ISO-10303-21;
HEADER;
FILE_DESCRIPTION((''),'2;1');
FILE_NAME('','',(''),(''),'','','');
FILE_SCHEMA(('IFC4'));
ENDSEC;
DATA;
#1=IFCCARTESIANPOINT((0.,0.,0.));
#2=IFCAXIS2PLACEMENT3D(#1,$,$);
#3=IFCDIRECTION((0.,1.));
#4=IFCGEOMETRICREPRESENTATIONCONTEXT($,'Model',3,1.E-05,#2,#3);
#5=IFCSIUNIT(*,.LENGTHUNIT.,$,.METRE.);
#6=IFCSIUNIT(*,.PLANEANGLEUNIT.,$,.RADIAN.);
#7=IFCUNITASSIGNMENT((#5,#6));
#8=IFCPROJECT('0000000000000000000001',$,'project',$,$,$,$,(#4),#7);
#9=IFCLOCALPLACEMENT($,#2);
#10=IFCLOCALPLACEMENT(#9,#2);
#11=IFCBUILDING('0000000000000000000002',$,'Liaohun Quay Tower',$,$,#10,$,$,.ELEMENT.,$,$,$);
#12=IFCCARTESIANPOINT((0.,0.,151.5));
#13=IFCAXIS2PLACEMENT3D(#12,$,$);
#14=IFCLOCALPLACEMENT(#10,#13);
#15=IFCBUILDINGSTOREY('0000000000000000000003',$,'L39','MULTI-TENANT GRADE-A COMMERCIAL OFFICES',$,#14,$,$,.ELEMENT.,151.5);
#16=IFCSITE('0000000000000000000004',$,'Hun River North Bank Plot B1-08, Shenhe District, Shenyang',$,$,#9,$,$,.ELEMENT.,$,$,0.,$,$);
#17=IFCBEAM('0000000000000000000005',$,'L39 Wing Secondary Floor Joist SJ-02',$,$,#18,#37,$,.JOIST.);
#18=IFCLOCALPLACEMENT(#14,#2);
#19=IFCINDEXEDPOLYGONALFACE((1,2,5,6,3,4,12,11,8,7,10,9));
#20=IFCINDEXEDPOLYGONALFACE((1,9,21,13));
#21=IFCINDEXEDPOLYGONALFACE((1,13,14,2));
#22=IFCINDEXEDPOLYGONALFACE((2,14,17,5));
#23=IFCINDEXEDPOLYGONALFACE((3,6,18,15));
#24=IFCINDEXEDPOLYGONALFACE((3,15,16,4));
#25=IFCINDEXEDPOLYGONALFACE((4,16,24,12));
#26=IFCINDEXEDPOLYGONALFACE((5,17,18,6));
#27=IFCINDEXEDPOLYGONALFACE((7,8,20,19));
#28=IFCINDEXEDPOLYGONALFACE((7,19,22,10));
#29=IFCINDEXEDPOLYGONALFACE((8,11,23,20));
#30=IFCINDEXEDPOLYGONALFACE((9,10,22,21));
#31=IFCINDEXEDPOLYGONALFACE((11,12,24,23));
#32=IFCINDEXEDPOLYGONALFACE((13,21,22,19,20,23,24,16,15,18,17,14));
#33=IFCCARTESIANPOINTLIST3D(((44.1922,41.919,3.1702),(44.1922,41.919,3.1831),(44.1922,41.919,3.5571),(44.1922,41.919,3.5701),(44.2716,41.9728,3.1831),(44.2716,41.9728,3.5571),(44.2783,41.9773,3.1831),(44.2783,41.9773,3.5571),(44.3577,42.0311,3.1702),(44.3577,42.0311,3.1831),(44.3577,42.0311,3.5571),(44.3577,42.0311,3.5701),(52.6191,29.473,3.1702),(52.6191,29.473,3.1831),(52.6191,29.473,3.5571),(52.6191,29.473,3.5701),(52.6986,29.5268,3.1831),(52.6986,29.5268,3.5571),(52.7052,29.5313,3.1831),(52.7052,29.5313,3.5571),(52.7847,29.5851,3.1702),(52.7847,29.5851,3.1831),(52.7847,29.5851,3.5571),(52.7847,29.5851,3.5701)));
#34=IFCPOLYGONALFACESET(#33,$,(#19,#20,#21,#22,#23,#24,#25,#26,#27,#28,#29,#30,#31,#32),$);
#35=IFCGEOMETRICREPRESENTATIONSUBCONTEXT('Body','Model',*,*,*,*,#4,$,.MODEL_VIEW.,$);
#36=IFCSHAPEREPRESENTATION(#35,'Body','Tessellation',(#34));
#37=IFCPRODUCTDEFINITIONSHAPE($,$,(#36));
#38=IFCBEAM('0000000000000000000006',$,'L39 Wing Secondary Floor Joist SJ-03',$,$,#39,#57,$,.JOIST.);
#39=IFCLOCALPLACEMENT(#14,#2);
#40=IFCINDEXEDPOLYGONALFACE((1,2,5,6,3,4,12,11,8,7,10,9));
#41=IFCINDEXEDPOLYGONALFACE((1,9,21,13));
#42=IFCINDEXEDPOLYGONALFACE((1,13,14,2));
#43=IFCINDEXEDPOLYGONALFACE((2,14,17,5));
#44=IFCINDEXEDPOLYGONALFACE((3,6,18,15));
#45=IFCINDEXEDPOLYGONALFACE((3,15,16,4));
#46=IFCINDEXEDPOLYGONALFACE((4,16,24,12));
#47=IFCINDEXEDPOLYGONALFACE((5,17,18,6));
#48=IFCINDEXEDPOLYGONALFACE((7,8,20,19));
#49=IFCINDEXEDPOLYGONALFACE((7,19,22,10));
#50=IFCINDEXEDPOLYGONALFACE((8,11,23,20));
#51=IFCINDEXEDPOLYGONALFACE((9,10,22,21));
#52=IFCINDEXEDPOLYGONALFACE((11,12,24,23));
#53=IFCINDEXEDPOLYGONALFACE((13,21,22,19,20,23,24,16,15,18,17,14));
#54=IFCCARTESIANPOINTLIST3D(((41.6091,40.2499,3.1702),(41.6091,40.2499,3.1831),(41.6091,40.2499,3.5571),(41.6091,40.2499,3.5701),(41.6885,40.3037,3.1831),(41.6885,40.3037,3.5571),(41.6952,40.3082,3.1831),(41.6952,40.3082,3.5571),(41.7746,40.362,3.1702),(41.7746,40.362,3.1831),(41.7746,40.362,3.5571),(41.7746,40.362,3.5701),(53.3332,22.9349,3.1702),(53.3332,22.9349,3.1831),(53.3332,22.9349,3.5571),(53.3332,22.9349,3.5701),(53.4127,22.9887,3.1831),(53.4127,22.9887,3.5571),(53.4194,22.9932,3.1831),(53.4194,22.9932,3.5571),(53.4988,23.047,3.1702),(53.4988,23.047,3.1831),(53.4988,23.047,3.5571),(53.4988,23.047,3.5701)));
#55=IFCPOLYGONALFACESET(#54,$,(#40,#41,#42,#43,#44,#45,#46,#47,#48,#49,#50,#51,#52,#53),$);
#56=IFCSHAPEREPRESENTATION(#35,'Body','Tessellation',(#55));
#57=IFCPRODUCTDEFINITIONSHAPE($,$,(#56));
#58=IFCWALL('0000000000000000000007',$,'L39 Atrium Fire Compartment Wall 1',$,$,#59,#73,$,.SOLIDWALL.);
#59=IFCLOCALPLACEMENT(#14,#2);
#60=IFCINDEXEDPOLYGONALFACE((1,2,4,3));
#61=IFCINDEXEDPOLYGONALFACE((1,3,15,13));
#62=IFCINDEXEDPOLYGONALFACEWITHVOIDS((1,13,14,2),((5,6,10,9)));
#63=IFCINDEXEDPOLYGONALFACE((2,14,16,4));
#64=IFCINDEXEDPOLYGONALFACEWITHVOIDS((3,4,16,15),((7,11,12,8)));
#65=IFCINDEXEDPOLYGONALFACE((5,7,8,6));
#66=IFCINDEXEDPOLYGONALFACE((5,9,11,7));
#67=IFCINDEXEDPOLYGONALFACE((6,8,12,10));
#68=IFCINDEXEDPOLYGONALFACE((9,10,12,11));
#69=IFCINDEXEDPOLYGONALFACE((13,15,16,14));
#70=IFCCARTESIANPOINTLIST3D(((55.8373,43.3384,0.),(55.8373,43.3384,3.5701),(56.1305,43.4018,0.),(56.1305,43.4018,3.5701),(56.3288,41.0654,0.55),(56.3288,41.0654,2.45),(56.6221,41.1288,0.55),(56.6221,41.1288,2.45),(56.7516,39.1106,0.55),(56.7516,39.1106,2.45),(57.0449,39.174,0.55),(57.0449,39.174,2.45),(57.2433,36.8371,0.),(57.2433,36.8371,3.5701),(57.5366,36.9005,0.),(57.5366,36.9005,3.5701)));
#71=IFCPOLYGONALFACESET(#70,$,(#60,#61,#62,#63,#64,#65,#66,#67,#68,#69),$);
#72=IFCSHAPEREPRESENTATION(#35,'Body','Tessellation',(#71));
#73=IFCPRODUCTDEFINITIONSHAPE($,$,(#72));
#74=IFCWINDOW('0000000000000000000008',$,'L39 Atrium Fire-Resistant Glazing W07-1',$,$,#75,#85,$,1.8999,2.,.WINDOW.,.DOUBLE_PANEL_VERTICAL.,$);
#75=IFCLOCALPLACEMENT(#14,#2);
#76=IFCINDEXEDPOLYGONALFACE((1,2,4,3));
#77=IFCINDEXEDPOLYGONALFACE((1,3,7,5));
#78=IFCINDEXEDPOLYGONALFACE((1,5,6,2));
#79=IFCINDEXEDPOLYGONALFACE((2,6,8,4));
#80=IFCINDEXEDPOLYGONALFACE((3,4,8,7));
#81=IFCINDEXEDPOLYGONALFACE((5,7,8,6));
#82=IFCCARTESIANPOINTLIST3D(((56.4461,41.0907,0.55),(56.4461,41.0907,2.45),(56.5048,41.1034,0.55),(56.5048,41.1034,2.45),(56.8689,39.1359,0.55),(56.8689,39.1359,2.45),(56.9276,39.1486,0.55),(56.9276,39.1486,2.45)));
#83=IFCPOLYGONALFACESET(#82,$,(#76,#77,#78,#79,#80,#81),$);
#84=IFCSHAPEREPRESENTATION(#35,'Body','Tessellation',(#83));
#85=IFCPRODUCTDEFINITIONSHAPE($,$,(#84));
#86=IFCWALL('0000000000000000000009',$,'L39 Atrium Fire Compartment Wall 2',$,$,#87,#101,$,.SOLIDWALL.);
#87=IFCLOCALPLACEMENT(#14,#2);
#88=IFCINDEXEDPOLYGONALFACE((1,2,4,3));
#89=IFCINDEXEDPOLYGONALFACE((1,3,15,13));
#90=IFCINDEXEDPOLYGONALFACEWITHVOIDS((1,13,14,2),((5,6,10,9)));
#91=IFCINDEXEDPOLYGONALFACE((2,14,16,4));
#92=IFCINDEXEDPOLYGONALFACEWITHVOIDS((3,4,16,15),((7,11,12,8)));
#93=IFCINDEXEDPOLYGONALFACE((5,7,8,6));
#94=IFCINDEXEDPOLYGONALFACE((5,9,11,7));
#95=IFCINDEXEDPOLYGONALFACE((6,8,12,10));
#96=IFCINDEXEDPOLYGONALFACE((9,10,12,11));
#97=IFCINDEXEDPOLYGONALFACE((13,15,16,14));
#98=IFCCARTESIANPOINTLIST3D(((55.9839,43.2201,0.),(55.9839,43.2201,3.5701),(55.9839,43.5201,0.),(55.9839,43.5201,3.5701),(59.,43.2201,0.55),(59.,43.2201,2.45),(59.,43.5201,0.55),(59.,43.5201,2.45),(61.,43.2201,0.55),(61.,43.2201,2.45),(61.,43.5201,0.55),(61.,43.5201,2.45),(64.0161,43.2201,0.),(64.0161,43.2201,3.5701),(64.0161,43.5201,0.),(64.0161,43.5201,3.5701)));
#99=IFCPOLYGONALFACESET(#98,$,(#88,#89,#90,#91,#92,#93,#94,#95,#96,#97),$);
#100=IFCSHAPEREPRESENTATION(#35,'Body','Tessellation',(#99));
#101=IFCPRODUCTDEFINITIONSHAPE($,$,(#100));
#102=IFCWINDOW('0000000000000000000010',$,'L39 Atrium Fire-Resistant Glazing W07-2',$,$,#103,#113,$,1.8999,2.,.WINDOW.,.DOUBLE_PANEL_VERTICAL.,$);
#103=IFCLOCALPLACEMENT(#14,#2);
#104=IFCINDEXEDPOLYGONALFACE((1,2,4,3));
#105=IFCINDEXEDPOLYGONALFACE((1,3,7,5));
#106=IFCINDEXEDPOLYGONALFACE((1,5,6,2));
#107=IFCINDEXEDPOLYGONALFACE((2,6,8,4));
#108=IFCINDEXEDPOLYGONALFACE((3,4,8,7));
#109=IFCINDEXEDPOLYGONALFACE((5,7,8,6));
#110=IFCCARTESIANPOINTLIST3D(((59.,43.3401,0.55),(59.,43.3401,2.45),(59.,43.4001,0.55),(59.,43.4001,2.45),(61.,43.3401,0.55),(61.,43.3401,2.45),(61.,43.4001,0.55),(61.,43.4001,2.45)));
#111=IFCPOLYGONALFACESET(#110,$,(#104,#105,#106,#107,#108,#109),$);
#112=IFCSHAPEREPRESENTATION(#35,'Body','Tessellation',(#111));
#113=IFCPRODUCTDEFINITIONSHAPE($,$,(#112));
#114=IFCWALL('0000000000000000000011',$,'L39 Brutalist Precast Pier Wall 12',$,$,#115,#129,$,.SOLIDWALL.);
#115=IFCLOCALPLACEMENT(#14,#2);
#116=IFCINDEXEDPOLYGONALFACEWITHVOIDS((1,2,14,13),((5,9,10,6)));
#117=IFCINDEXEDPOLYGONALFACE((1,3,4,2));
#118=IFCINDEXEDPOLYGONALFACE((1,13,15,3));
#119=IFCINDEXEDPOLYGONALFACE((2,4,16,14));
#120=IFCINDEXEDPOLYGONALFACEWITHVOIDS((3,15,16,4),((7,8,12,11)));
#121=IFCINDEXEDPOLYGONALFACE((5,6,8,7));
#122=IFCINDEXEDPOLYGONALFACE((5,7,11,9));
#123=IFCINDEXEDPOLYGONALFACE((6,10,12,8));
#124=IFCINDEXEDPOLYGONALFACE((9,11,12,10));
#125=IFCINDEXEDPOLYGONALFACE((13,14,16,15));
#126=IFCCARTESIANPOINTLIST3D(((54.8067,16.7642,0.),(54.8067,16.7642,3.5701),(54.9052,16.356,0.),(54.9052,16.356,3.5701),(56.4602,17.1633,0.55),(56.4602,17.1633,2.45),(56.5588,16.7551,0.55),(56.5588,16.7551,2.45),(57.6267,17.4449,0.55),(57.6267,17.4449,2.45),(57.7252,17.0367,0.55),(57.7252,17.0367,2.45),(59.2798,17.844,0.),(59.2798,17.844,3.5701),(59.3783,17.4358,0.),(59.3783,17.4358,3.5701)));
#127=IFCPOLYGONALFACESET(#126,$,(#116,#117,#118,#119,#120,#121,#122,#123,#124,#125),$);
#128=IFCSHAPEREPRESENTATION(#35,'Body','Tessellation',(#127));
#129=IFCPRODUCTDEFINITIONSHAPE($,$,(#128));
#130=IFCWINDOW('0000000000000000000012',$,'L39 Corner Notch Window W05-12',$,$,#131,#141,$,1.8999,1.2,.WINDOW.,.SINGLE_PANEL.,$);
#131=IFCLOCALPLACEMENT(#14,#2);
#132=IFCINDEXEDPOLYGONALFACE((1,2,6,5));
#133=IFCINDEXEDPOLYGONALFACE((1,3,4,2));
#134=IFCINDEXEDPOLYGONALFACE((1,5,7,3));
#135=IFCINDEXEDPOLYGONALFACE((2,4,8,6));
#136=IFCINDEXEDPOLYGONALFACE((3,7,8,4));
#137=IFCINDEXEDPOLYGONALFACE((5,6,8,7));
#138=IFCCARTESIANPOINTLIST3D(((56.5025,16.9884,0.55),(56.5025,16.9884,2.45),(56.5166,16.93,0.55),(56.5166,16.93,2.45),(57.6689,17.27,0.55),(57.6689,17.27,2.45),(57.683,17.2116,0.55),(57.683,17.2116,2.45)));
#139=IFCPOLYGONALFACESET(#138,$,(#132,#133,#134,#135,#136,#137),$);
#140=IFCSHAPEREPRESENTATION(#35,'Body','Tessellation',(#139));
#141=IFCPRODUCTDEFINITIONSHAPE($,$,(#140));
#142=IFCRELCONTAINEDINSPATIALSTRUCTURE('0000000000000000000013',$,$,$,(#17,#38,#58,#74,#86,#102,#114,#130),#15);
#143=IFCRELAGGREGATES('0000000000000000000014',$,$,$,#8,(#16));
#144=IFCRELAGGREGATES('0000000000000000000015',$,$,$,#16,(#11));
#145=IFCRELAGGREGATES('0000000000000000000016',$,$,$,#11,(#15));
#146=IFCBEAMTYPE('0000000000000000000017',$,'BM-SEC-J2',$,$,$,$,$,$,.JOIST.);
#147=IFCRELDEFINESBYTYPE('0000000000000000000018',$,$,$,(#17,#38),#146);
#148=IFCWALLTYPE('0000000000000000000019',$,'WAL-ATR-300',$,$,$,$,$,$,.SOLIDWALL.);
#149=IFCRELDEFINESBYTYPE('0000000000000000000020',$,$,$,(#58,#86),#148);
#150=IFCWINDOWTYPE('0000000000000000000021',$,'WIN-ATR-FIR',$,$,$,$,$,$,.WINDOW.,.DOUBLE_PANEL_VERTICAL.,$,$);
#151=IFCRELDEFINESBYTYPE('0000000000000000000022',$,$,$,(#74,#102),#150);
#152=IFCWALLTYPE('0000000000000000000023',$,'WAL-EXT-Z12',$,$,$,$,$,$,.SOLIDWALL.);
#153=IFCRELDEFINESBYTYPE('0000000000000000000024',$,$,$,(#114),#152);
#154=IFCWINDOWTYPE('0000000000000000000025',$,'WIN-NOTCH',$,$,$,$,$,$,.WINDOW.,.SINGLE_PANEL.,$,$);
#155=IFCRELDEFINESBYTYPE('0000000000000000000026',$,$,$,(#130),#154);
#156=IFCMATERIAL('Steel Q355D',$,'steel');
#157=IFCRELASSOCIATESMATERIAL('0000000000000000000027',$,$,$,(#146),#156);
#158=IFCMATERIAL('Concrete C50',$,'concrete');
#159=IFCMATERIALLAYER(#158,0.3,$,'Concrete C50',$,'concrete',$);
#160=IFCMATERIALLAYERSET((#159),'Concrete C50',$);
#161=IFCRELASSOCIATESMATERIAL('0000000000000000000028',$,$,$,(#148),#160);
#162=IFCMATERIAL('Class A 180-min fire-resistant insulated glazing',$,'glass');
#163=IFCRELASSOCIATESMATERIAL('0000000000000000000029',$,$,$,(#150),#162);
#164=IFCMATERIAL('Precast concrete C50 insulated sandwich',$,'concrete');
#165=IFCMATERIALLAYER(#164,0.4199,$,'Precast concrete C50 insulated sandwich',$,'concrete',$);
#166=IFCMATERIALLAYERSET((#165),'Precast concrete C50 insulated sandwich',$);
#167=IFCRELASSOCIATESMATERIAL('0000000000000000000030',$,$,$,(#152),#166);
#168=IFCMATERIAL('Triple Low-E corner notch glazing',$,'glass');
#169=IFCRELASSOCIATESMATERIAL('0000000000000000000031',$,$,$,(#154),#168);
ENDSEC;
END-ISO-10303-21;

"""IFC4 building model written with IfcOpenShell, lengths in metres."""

from ifc_helpers import new_model, si_unit, direction, frame, frame_2d, origin, origin_2d, place, context, subcontext, project, spatial, rectangle, i_section, extrude, source, transform, mapped, material, layer, layer_set, material_profile, profile_set, type_object, element, fill, save


model = new_model("IFC4")

# Units and contexts
model_context = context("Model", 3, precision=1e-05, world=origin(), true_north=direction((0.0, 1.0)))
body_context = subcontext(model_context, "Body", "Model", "MODEL_VIEW")
ifc_project = project(units=[si_unit("LENGTHUNIT", "METRE"), si_unit("PLANEANGLEUNIT", "RADIAN")], contexts=[model_context])

# Site, building, storey
site_placement = place(None, origin())
site = spatial("IfcSite", under=ifc_project, at=site_placement, Name="Hun River North Bank Plot B1-08, Shenhe District, Shenyang", CompositionType="ELEMENT", RefElevation=0.0)
building_placement = place(site_placement, origin())
building = spatial("IfcBuilding", under=site, at=building_placement, Name="Liaohun Quay Tower", CompositionType="ELEMENT")
storey_placement = place(building_placement, frame((0.0, 0.0, 151.5)))
storey = spatial("IfcBuildingStorey", under=building, at=storey_placement, Name="L39", Description="MULTI-TENANT GRADE-A COMMERCIAL OFFICES", CompositionType="ELEMENT", Elevation=151.5)

# Beams
ifc_material_1 = material(Name="Steel Q355D", Category="steel")
ifc_material_profile_1 = material_profile(ifc_material_1, i_section(OverallWidth=0.2, OverallDepth=0.3999, WebThickness=0.0081, FlangeThickness=0.0129, at=origin_2d()), Name="HN400x200x8x13")
ifc_profile_set_1 = profile_set([ifc_material_profile_1], Name="Steel Q355D")
beam_type_1 = type_object("IfcBeamType", Name="BM-SEC-J2", PredefinedType="JOIST", material=ifc_profile_set_1)
shared_shape_1 = source(origin(), body_context, "Body", "SweptSolid", [
    extrude(i_section(OverallWidth=0.2, OverallDepth=0.3999, WebThickness=0.0081, FlangeThickness=0.0129, at=origin_2d()), origin(), (0.0, 0.0, 1.0), 15.0305),
])
beam_1_placement = place(storey_placement, frame((52.7019, 29.5291, 3.3701), z_axis=(-0.560657, 0.828048, 0.0), x_axis=(-0.828048, -0.560657, 0.0)))
element("IfcBeam", 1, at=beam_1_placement, inside=storey, type_object=beam_type_1, Name="L39 Wing Secondary Floor Joist SJ-02", PredefinedType="JOIST", context=body_context, shape_type="MappedRepresentation", body=[
    mapped(shared_shape_1, transform((0.0, 0.0, 0.0), x_axis=(1.0, 0.0, 0.0), y_axis=(0.0, 1.0, 0.0), z_axis=(0.0, 0.0, 1.0), scale=1.0)),
])
shared_shape_2 = source(origin(), body_context, "Body", "SweptSolid", [
    extrude(i_section(OverallWidth=0.2, OverallDepth=0.3999, WebThickness=0.0081, FlangeThickness=0.0129, at=origin_2d()), origin(), (0.0, 0.0, 1.0), 20.9109),
])
beam_2_placement = place(storey_placement, frame((53.416, 22.991, 3.3701), z_axis=(-0.560673, 0.828038, 0.0), x_axis=(-0.828038, -0.560673, 0.0)))
element("IfcBeam", 2, at=beam_2_placement, inside=storey, type_object=beam_type_1, Name="L39 Wing Secondary Floor Joist SJ-03", PredefinedType="JOIST", context=body_context, shape_type="MappedRepresentation", body=[
    mapped(shared_shape_2, transform((0.0, 0.0, 0.0), x_axis=(1.0, 0.0, 0.0), y_axis=(0.0, 1.0, 0.0), z_axis=(0.0, 0.0, 1.0), scale=1.0)),
])

# Walls, openings, windows
ifc_material_2 = material(Name="Concrete C50", Category="concrete")
ifc_layer_1 = layer(ifc_material_2, 0.3, Name="Concrete C50", Category="concrete")
ifc_layer_set_1 = layer_set([ifc_layer_1], Name="Concrete C50")
wall_type_1 = type_object("IfcWallType", Name="WAL-ATR-300", PredefinedType="SOLIDWALL", material=ifc_layer_set_1)
wall_1_placement = place(storey_placement, frame((57.3899, 36.8689, 0.0), z_axis=(0.0, 0.0, 1.0), x_axis=(-0.211381, 0.977404, 0.0)))
wall_1 = element("IfcWall", 3, at=wall_1_placement, inside=storey, type_object=wall_type_1, Name="L39 Atrium Fire Compartment Wall 1", PredefinedType="SOLIDWALL", context=body_context, shape_type="SweptSolid", body=[
    extrude(rectangle(XDim=6.6516, YDim=0.3, at=frame_2d((3.3257, 0.0))), origin(), (0.0, 0.0, 1.0), 3.5701),
])
shared_shape_3 = source(origin(), body_context, "Body", "SweptSolid", [
    extrude(rectangle(XDim=2.0, YDim=1.8999, at=frame_2d((1.0, 0.95))), frame((0.0, 0.1599, 0.0), z_axis=(0.0, -1.0, 0.0), x_axis=(1.0, 0.0, 0.0)), (0.0, 0.0, 1.0), 0.3201),
])
opening_1_placement = place(wall_1_placement, frame((2.3259, 0.0, 0.55)))
opening_1 = element("IfcOpeningElement", 4, at=opening_1_placement, cuts=wall_1, PredefinedType="OPENING", context=body_context, shape_type="MappedRepresentation", body=[
    mapped(shared_shape_3, transform((0.0, 0.0, 0.0), x_axis=(1.0, 0.0, 0.0), y_axis=(0.0, 1.0, 0.0), z_axis=(0.0, 0.0, 1.0), scale=1.0)),
])
ifc_material_3 = material(Name="Class A 180-min fire-resistant insulated glazing", Category="glass")
window_type_1 = type_object("IfcWindowType", Name="WIN-ATR-FIR", PartitioningType="DOUBLE_PANEL_VERTICAL", PredefinedType="WINDOW", material=ifc_material_3)
shared_shape_4 = source(origin(), body_context, "Body", "SweptSolid", [
    extrude(rectangle(XDim=2.0, YDim=1.8999, at=frame_2d((1.0, 0.95))), frame((0.0, 0.03, 0.0), z_axis=(0.0, -1.0, 0.0), x_axis=(1.0, 0.0, 0.0)), (0.0, 0.0, 1.0), 0.0601),
])
window_1_placement = place(opening_1_placement, origin())
window_1 = element("IfcWindow", 5, at=window_1_placement, inside=storey, type_object=window_type_1, Name="L39 Atrium Fire-Resistant Glazing W07-1", OverallHeight=1.8999, OverallWidth=2.0, PartitioningType="DOUBLE_PANEL_VERTICAL", PredefinedType="WINDOW", context=body_context, shape_type="MappedRepresentation", body=[
    mapped(shared_shape_4, transform((0.0, 0.0, 0.0), x_axis=(1.0, 0.0, 0.0), y_axis=(0.0, 1.0, 0.0), z_axis=(0.0, 0.0, 1.0), scale=1.0)),
])
fill(opening_1, window_1)
wall_2_placement = place(storey_placement, frame((55.9839, 43.3701, 0.0), z_axis=(0.0, 0.0, 1.0), x_axis=(1.0, 0.0, 0.0)))
wall_2 = element("IfcWall", 6, at=wall_2_placement, inside=storey, type_object=wall_type_1, Name="L39 Atrium Fire Compartment Wall 2", PredefinedType="SOLIDWALL", context=body_context, shape_type="SweptSolid", body=[
    extrude(rectangle(XDim=8.0322, YDim=0.3, at=frame_2d((4.0161, 0.0))), origin(), (0.0, 0.0, 1.0), 3.5701),
])
opening_2_placement = place(wall_2_placement, frame((3.0161, 0.0, 0.55)))
opening_2 = element("IfcOpeningElement", 7, at=opening_2_placement, cuts=wall_2, PredefinedType="OPENING", context=body_context, shape_type="MappedRepresentation", body=[
    mapped(shared_shape_3, transform((0.0, 0.0, 0.0), x_axis=(1.0, 0.0, 0.0), y_axis=(0.0, 1.0, 0.0), z_axis=(0.0, 0.0, 1.0), scale=1.0)),
])
window_2_placement = place(opening_2_placement, origin())
window_2 = element("IfcWindow", 8, at=window_2_placement, inside=storey, type_object=window_type_1, Name="L39 Atrium Fire-Resistant Glazing W07-2", OverallHeight=1.8999, OverallWidth=2.0, PartitioningType="DOUBLE_PANEL_VERTICAL", PredefinedType="WINDOW", context=body_context, shape_type="MappedRepresentation", body=[
    mapped(shared_shape_4, transform((0.0, 0.0, 0.0), x_axis=(1.0, 0.0, 0.0), y_axis=(0.0, 1.0, 0.0), z_axis=(0.0, 0.0, 1.0), scale=1.0)),
])
fill(opening_2, window_2)
ifc_material_4 = material(Name="Precast concrete C50 insulated sandwich", Category="concrete")
ifc_layer_2 = layer(ifc_material_4, 0.4199, Name="Precast concrete C50 insulated sandwich", Category="concrete")
ifc_layer_set_2 = layer_set([ifc_layer_2], Name="Precast concrete C50 insulated sandwich")
wall_type_2 = type_object("IfcWallType", Name="WAL-EXT-Z12", PredefinedType="SOLIDWALL", material=ifc_layer_set_2)
wall_3_placement = place(storey_placement, frame((54.856, 16.5601, 0.0), z_axis=(0.0, 0.0, 1.0), x_axis=(0.972077, 0.234663, 0.0)))
wall_3 = element("IfcWall", 9, at=wall_3_placement, inside=storey, type_object=wall_type_2, Name="L39 Brutalist Precast Pier Wall 12", PredefinedType="SOLIDWALL", context=body_context, shape_type="SweptSolid", body=[
    extrude(rectangle(XDim=4.6016, YDim=0.4199, at=frame_2d((2.3008, 0.0))), origin(), (0.0, 0.0, 1.0), 3.5701),
])
shared_shape_5 = source(origin(), body_context, "Body", "SweptSolid", [
    extrude(rectangle(XDim=1.2, YDim=1.8999, at=frame_2d((0.6001, 0.95))), frame((0.0, 0.22, 0.0), z_axis=(0.0, -1.0, 0.0), x_axis=(1.0, 0.0, 0.0)), (0.0, 0.0, 1.0), 0.4399),
])
opening_3_placement = place(wall_3_placement, frame((1.7009, 0.0, 0.55)))
opening_3 = element("IfcOpeningElement", 10, at=opening_3_placement, cuts=wall_3, PredefinedType="OPENING", context=body_context, shape_type="MappedRepresentation", body=[
    mapped(shared_shape_5, transform((0.0, 0.0, 0.0), x_axis=(1.0, 0.0, 0.0), y_axis=(0.0, 1.0, 0.0), z_axis=(0.0, 0.0, 1.0), scale=1.0)),
])
ifc_material_5 = material(Name="Triple Low-E corner notch glazing", Category="glass")
window_type_2 = type_object("IfcWindowType", Name="WIN-NOTCH", PartitioningType="SINGLE_PANEL", PredefinedType="WINDOW", material=ifc_material_5)
shared_shape_6 = source(origin(), body_context, "Body", "SweptSolid", [
    extrude(rectangle(XDim=1.2, YDim=1.8999, at=frame_2d((0.6001, 0.95))), frame((0.0, 0.03, 0.0), z_axis=(0.0, -1.0, 0.0), x_axis=(1.0, 0.0, 0.0)), (0.0, 0.0, 1.0), 0.0601),
])
window_3_placement = place(opening_3_placement, origin())
window_3 = element("IfcWindow", 11, at=window_3_placement, inside=storey, type_object=window_type_2, Name="L39 Corner Notch Window W05-12", OverallHeight=1.8999, OverallWidth=1.2, PartitioningType="SINGLE_PANEL", PredefinedType="WINDOW", context=body_context, shape_type="MappedRepresentation", body=[
    mapped(shared_shape_6, transform((0.0, 0.0, 0.0), x_axis=(1.0, 0.0, 0.0), y_axis=(0.0, 1.0, 0.0), z_axis=(0.0, 0.0, 1.0), scale=1.0)),
])
fill(opening_3, window_3)

save(model, "model.ifc")
